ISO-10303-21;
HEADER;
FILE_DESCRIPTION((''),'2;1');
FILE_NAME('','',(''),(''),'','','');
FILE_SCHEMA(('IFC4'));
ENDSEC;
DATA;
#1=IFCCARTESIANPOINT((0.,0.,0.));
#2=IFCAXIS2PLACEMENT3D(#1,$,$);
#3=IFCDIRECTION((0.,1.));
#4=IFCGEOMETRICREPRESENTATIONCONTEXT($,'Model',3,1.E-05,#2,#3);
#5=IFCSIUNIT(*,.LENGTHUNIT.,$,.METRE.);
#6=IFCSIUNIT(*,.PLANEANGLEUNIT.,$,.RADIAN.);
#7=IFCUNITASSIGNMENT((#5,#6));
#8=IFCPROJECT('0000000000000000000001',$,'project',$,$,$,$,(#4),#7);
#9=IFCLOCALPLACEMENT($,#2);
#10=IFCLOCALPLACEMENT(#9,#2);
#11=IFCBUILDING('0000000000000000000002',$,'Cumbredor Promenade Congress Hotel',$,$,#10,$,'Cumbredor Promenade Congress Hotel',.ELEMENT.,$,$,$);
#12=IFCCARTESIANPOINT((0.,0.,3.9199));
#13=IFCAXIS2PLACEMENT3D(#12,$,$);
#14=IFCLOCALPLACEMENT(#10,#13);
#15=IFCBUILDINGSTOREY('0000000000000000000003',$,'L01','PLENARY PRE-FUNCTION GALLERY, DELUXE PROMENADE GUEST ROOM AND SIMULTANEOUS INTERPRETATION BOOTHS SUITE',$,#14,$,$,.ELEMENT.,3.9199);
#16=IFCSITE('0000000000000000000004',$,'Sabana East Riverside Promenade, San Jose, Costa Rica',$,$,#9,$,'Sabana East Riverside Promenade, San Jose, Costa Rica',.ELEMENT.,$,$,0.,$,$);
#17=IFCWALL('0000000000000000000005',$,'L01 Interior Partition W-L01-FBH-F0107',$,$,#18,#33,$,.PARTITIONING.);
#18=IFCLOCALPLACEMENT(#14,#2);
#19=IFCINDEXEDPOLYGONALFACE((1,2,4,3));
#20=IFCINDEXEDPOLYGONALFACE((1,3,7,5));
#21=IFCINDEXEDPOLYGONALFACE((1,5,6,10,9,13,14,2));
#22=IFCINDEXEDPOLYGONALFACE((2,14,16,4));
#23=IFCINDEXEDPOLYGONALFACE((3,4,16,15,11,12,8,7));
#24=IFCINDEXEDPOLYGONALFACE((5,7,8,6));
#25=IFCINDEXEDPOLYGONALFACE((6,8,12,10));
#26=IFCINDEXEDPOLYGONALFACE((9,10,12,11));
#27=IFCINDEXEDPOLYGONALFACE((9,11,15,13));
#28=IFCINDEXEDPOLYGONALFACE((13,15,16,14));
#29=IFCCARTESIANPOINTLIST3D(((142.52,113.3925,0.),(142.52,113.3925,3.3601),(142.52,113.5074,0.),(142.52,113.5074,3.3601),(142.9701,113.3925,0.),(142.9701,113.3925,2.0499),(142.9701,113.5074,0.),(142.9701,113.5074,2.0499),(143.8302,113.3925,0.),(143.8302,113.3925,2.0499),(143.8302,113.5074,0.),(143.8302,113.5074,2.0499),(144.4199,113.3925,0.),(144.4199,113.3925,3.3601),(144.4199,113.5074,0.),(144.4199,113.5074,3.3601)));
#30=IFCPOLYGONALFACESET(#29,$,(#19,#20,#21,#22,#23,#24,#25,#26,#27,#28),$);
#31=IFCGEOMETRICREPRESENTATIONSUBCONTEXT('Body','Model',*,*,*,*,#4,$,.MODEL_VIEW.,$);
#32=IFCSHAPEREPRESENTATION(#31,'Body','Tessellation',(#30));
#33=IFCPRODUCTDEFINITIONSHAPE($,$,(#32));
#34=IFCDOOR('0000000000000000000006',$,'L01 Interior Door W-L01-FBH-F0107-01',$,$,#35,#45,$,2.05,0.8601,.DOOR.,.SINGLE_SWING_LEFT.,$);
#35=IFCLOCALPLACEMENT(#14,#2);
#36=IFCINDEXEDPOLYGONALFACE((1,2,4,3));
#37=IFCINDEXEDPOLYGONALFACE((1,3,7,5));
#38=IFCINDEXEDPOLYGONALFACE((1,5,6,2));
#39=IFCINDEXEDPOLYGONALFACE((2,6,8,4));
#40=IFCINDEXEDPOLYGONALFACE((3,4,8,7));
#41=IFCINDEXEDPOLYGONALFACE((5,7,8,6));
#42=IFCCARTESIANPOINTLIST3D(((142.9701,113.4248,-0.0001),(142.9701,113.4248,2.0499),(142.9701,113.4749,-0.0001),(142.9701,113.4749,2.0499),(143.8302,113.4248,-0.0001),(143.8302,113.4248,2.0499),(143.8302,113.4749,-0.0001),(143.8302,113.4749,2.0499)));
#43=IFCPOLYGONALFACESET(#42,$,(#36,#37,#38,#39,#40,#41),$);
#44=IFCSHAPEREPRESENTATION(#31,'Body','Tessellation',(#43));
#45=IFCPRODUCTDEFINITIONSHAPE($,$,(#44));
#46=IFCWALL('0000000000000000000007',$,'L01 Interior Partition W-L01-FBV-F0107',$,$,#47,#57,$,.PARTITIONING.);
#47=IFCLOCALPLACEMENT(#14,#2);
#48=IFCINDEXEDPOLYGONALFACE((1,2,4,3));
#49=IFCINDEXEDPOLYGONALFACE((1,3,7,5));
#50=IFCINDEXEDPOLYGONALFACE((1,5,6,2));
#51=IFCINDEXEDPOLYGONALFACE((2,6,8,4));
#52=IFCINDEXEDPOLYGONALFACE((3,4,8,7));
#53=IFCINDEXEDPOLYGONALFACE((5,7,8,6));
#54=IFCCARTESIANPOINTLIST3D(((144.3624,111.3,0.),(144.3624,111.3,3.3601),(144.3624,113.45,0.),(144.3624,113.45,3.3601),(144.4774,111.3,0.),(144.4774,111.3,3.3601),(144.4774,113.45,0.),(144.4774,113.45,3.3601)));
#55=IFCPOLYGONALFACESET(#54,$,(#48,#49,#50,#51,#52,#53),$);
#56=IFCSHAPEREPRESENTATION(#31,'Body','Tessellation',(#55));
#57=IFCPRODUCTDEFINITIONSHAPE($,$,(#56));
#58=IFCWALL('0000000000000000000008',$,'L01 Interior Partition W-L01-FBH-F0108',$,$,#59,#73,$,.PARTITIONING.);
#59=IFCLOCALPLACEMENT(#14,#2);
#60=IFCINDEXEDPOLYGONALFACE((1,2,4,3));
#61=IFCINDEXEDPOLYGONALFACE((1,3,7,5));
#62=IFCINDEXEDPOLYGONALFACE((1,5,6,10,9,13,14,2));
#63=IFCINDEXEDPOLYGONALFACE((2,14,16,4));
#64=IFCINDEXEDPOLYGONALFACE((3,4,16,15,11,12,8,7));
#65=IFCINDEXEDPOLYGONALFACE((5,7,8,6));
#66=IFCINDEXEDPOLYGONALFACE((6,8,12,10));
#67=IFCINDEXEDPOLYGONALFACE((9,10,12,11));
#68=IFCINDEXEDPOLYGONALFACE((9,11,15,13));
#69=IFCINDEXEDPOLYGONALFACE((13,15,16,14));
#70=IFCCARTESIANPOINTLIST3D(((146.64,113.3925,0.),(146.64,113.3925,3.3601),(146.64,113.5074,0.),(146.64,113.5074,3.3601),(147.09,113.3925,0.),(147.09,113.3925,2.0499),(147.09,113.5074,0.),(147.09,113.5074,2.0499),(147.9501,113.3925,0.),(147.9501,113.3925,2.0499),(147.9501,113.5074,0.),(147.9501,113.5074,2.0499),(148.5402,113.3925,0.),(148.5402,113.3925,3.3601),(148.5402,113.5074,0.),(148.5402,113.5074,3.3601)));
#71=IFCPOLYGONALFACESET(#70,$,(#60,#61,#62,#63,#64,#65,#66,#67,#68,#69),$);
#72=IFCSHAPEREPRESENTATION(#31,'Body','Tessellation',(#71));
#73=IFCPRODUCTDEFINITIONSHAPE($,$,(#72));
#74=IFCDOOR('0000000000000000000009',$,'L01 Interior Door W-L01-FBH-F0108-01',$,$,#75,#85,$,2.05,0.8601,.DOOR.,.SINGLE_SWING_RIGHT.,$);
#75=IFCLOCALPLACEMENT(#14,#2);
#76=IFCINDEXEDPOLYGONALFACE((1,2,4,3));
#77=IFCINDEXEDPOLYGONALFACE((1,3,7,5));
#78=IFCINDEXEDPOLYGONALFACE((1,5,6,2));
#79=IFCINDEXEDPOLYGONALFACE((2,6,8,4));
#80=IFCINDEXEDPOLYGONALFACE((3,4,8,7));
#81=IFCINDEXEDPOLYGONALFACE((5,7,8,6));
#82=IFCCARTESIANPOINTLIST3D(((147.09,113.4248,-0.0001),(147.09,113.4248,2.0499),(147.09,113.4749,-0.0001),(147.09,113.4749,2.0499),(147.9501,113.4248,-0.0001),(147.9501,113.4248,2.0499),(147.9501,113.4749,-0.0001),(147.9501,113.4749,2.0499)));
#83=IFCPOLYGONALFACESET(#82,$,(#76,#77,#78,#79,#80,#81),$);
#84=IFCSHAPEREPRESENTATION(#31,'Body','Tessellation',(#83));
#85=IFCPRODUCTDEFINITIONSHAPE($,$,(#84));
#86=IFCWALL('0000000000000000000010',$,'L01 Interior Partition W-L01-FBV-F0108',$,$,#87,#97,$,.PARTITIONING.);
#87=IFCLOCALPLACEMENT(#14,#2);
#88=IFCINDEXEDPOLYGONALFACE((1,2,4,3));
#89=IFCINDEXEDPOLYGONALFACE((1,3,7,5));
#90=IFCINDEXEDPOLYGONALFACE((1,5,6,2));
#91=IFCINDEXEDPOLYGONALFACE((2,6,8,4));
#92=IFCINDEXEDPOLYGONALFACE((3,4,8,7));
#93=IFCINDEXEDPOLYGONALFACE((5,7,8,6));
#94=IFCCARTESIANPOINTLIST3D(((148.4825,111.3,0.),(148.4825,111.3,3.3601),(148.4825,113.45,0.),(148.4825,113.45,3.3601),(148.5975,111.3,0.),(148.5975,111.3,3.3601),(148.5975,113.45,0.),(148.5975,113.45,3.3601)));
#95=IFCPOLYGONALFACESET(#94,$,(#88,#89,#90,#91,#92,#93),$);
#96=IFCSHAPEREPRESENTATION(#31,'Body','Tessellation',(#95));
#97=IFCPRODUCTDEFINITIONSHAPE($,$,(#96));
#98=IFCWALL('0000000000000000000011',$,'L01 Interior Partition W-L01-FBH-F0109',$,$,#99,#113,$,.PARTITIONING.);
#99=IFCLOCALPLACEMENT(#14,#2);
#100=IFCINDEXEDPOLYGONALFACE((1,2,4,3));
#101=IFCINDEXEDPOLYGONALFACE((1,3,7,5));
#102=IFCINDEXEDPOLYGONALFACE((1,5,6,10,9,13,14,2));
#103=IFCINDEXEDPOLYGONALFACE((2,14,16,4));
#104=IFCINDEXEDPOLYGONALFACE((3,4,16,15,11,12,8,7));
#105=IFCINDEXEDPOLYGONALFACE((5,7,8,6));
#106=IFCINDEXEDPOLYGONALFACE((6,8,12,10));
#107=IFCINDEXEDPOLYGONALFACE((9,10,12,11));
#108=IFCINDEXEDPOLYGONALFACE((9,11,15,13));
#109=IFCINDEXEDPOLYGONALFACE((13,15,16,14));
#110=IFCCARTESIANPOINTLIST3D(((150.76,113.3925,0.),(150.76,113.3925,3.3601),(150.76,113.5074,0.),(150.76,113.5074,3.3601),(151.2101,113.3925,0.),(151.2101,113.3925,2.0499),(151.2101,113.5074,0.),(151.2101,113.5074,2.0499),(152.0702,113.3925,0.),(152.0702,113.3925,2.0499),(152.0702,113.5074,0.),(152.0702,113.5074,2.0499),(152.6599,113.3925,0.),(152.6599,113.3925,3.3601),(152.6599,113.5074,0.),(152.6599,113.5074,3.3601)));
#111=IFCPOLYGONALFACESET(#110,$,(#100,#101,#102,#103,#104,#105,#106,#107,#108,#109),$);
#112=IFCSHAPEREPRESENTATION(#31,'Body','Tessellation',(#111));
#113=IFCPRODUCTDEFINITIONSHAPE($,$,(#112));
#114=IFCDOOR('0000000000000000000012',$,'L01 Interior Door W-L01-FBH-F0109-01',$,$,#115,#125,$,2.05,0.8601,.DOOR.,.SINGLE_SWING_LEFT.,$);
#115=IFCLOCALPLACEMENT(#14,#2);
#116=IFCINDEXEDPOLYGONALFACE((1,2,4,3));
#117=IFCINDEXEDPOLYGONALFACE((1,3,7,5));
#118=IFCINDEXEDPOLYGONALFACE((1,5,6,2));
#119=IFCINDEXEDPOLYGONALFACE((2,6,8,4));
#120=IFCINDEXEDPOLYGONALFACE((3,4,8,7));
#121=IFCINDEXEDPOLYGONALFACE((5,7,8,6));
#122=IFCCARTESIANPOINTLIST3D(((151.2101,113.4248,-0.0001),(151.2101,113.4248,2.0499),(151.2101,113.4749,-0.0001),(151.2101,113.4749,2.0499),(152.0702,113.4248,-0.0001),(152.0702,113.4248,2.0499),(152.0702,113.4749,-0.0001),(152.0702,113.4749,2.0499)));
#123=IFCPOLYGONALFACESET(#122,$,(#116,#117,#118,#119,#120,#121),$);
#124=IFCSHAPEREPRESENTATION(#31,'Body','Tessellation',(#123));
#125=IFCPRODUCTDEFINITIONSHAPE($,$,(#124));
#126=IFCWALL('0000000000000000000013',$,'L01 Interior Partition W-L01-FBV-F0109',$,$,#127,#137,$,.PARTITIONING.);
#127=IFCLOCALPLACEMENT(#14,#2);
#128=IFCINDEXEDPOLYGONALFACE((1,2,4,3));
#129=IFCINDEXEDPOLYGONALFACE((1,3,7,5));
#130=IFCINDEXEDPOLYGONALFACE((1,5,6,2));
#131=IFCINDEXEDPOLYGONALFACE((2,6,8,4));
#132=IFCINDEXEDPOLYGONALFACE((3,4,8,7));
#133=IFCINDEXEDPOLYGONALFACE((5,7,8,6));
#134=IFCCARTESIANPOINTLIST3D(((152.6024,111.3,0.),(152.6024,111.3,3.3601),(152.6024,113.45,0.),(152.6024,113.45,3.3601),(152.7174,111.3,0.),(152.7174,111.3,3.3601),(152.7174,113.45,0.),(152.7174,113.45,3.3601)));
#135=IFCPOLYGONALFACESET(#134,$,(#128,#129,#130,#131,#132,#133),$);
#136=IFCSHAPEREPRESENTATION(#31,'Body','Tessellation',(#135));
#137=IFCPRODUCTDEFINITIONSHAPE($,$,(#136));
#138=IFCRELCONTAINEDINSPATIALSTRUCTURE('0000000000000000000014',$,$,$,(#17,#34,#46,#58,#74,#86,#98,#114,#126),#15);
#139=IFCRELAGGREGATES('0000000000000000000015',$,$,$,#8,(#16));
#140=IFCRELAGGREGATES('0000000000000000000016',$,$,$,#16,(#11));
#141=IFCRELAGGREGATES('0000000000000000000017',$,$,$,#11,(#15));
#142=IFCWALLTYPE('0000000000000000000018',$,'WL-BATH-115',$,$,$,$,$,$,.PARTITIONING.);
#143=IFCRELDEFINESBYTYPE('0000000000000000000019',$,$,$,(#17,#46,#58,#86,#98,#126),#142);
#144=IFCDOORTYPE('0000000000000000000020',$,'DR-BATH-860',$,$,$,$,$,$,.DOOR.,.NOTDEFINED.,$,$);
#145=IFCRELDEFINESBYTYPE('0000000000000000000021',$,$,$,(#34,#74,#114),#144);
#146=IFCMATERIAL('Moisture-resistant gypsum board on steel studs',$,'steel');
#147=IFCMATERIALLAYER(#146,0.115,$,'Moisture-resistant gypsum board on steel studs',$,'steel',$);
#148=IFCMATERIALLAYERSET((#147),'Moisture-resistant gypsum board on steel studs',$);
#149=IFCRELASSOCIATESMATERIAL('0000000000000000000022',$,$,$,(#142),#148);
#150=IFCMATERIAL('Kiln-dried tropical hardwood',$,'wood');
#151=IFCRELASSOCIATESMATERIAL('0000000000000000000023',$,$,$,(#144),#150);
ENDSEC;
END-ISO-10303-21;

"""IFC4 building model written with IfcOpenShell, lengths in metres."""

from ifc_helpers import new_model, si_unit, direction, frame, frame_2d, origin, place, context, subcontext, project, spatial, rectangle, extrude, material, layer, layer_set, type_object, element, fill, save


model = new_model("IFC4")

# Units and contexts
model_context = context("Model", 3, precision=1e-05, world=origin(), true_north=direction((0.0, 1.0)))
body_context = subcontext(model_context, "Body", "Model", "MODEL_VIEW")
ifc_project = project(units=[si_unit("LENGTHUNIT", "METRE"), si_unit("PLANEANGLEUNIT", "RADIAN")], contexts=[model_context])

# Site, building, storey
site_placement = place(None, origin())
site = spatial("IfcSite", under=ifc_project, at=site_placement, Name="Sabana East Riverside Promenade, San Jose, Costa Rica", LongName="Sabana East Riverside Promenade, San Jose, Costa Rica", CompositionType="ELEMENT", RefElevation=0.0)
building_placement = place(site_placement, origin())
building = spatial("IfcBuilding", under=site, at=building_placement, Name="Cumbredor Promenade Congress Hotel", LongName="Cumbredor Promenade Congress Hotel", CompositionType="ELEMENT")
storey_placement = place(building_placement, frame((0.0, 0.0, 3.9199)))
storey = spatial("IfcBuildingStorey", under=building, at=storey_placement, Name="L01", Description="PLENARY PRE-FUNCTION GALLERY, DELUXE PROMENADE GUEST ROOM AND SIMULTANEOUS INTERPRETATION BOOTHS SUITE", CompositionType="ELEMENT", Elevation=3.9199)

# Shared definitions
ifc_material_1 = material(Name="Kiln-dried tropical hardwood", Category="wood")

# Shared definitions
ifc_material_2 = material(Name="Moisture-resistant gypsum board on steel studs", Category="steel")
ifc_layer_1 = layer(ifc_material_2, 0.115, Name="Moisture-resistant gypsum board on steel studs", Category="steel")
ifc_layer_set_1 = layer_set([ifc_layer_1], Name="Moisture-resistant gypsum board on steel studs")
wall_type_1 = type_object("IfcWallType", Name="WL-BATH-115", PredefinedType="PARTITIONING", material=ifc_layer_set_1)

# Wall, opening, door
wall_1_placement = place(storey_placement, frame((142.52, 113.45, 0.0), z_axis=(0.0, 0.0, 1.0), x_axis=(1.0, 0.0, 0.0)))
wall_1 = element("IfcWall", 1, at=wall_1_placement, inside=storey, type_object=wall_type_1, Name="L01 Interior Partition W-L01-FBH-F0107", PredefinedType="PARTITIONING", context=body_context, shape_type="SweptSolid", body=[
    extrude(rectangle(XDim=1.8999, YDim=0.115, at=frame_2d((0.95, 0.0))), origin(), (0.0, 0.0, 1.0), 3.3601),
])
opening_1_placement = place(wall_1_placement, frame((0.45, 0.0, 0.0)))
opening_1 = element("IfcOpeningElement", 2, at=opening_1_placement, cuts=wall_1, PredefinedType="OPENING", context=body_context, shape_type="SweptSolid", body=[
    extrude(rectangle(XDim=0.8601, YDim=2.05, at=frame_2d((0.4302, 1.0249))), frame((0.0, 0.0674, 0.0), z_axis=(0.0, -1.0, 0.0), x_axis=(1.0, 0.0, 0.0)), (0.0, 0.0, 1.0), 0.135),
])
door_type = type_object("IfcDoorType", Name="DR-BATH-860", OperationType="NOTDEFINED", PredefinedType="DOOR", material=ifc_material_1)
door_1_placement = place(opening_1_placement, origin())
door_1 = element("IfcDoor", 3, at=door_1_placement, inside=storey, type_object=door_type, Name="L01 Interior Door W-L01-FBH-F0107-01", OperationType="SINGLE_SWING_LEFT", OverallHeight=2.05, OverallWidth=0.8601, PredefinedType="DOOR", context=body_context, shape_type="SweptSolid", body=[
    extrude(rectangle(XDim=0.8601, YDim=2.05, at=frame_2d((0.4302, 1.0249))), frame((0.0, 0.0249, 0.0), z_axis=(0.0, -1.0, 0.0), x_axis=(1.0, 0.0, 0.0)), (0.0, 0.0, 1.0), 0.05),
])
fill(opening_1, door_1)

# Wall
wall_2_placement = place(storey_placement, frame((144.4199, 111.3, 0.0), z_axis=(0.0, 0.0, 1.0), x_axis=(0.0, 1.0, 0.0)))
element("IfcWall", 4, at=wall_2_placement, inside=storey, type_object=wall_type_1, Name="L01 Interior Partition W-L01-FBV-F0107", PredefinedType="PARTITIONING", context=body_context, shape_type="SweptSolid", body=[
    extrude(rectangle(XDim=2.1499, YDim=0.115, at=frame_2d((1.075, 0.0))), origin(), (0.0, 0.0, 1.0), 3.3601),
])

# Wall, opening, door
wall_3_placement = place(storey_placement, frame((146.6399, 113.45, 0.0), z_axis=(0.0, 0.0, 1.0), x_axis=(1.0, 0.0, 0.0)))
wall_3 = element("IfcWall", 5, at=wall_3_placement, inside=storey, type_object=wall_type_1, Name="L01 Interior Partition W-L01-FBH-F0108", PredefinedType="PARTITIONING", context=body_context, shape_type="SweptSolid", body=[
    extrude(rectangle(XDim=1.9001, YDim=0.115, at=frame_2d((0.9502, 0.0))), origin(), (0.0, 0.0, 1.0), 3.3601),
])
opening_2_placement = place(wall_3_placement, frame((0.45, 0.0, 0.0)))
opening_2 = element("IfcOpeningElement", 6, at=opening_2_placement, cuts=wall_3, PredefinedType="OPENING", context=body_context, shape_type="SweptSolid", body=[
    extrude(rectangle(XDim=0.8601, YDim=2.05, at=frame_2d((0.4302, 1.0249))), frame((0.0, 0.0674, 0.0), z_axis=(0.0, -1.0, 0.0), x_axis=(1.0, 0.0, 0.0)), (0.0, 0.0, 1.0), 0.135),
])
door_2_placement = place(opening_2_placement, origin())
door_2 = element("IfcDoor", 7, at=door_2_placement, inside=storey, type_object=door_type, Name="L01 Interior Door W-L01-FBH-F0108-01", OperationType="SINGLE_SWING_RIGHT", OverallHeight=2.05, OverallWidth=0.8601, PredefinedType="DOOR", context=body_context, shape_type="SweptSolid", body=[
    extrude(rectangle(XDim=0.8601, YDim=2.05, at=frame_2d((0.4302, 1.0249))), frame((0.0, 0.0249, 0.0), z_axis=(0.0, -1.0, 0.0), x_axis=(1.0, 0.0, 0.0)), (0.0, 0.0, 1.0), 0.05),
])
fill(opening_2, door_2)

# Wall
wall_4_placement = place(storey_placement, frame((148.54, 111.3, 0.0), z_axis=(0.0, 0.0, 1.0), x_axis=(0.0, 1.0, 0.0)))
element("IfcWall", 8, at=wall_4_placement, inside=storey, type_object=wall_type_1, Name="L01 Interior Partition W-L01-FBV-F0108", PredefinedType="PARTITIONING", context=body_context, shape_type="SweptSolid", body=[
    extrude(rectangle(XDim=2.1499, YDim=0.115, at=frame_2d((1.075, 0.0))), origin(), (0.0, 0.0, 1.0), 3.3601),
])

# Wall, opening, door
wall_5_placement = place(storey_placement, frame((150.76, 113.45, 0.0), z_axis=(0.0, 0.0, 1.0), x_axis=(1.0, 0.0, 0.0)))
wall_5 = element("IfcWall", 9, at=wall_5_placement, inside=storey, type_object=wall_type_1, Name="L01 Interior Partition W-L01-FBH-F0109", PredefinedType="PARTITIONING", context=body_context, shape_type="SweptSolid", body=[
    extrude(rectangle(XDim=1.8999, YDim=0.115, at=frame_2d((0.95, 0.0))), origin(), (0.0, 0.0, 1.0), 3.3601),
])
opening_3_placement = place(wall_5_placement, frame((0.45, 0.0, 0.0)))
opening_3 = element("IfcOpeningElement", 10, at=opening_3_placement, cuts=wall_5, PredefinedType="OPENING", context=body_context, shape_type="SweptSolid", body=[
    extrude(rectangle(XDim=0.8601, YDim=2.05, at=frame_2d((0.4302, 1.0249))), frame((0.0, 0.0674, 0.0), z_axis=(0.0, -1.0, 0.0), x_axis=(1.0, 0.0, 0.0)), (0.0, 0.0, 1.0), 0.135),
])
door_3_placement = place(opening_3_placement, origin())
door_3 = element("IfcDoor", 11, at=door_3_placement, inside=storey, type_object=door_type, Name="L01 Interior Door W-L01-FBH-F0109-01", OperationType="SINGLE_SWING_LEFT", OverallHeight=2.05, OverallWidth=0.8601, PredefinedType="DOOR", context=body_context, shape_type="SweptSolid", body=[
    extrude(rectangle(XDim=0.8601, YDim=2.05, at=frame_2d((0.4302, 1.0249))), frame((0.0, 0.0249, 0.0), z_axis=(0.0, -1.0, 0.0), x_axis=(1.0, 0.0, 0.0)), (0.0, 0.0, 1.0), 0.05),
])
fill(opening_3, door_3)

# Wall
wall_6_placement = place(storey_placement, frame((152.6599, 111.3, 0.0), z_axis=(0.0, 0.0, 1.0), x_axis=(0.0, 1.0, 0.0)))
element("IfcWall", 12, at=wall_6_placement, inside=storey, type_object=wall_type_1, Name="L01 Interior Partition W-L01-FBV-F0109", PredefinedType="PARTITIONING", context=body_context, shape_type="SweptSolid", body=[
    extrude(rectangle(XDim=2.1499, YDim=0.115, at=frame_2d((1.075, 0.0))), origin(), (0.0, 0.0, 1.0), 3.3601),
])

save(model, "model.ifc")
